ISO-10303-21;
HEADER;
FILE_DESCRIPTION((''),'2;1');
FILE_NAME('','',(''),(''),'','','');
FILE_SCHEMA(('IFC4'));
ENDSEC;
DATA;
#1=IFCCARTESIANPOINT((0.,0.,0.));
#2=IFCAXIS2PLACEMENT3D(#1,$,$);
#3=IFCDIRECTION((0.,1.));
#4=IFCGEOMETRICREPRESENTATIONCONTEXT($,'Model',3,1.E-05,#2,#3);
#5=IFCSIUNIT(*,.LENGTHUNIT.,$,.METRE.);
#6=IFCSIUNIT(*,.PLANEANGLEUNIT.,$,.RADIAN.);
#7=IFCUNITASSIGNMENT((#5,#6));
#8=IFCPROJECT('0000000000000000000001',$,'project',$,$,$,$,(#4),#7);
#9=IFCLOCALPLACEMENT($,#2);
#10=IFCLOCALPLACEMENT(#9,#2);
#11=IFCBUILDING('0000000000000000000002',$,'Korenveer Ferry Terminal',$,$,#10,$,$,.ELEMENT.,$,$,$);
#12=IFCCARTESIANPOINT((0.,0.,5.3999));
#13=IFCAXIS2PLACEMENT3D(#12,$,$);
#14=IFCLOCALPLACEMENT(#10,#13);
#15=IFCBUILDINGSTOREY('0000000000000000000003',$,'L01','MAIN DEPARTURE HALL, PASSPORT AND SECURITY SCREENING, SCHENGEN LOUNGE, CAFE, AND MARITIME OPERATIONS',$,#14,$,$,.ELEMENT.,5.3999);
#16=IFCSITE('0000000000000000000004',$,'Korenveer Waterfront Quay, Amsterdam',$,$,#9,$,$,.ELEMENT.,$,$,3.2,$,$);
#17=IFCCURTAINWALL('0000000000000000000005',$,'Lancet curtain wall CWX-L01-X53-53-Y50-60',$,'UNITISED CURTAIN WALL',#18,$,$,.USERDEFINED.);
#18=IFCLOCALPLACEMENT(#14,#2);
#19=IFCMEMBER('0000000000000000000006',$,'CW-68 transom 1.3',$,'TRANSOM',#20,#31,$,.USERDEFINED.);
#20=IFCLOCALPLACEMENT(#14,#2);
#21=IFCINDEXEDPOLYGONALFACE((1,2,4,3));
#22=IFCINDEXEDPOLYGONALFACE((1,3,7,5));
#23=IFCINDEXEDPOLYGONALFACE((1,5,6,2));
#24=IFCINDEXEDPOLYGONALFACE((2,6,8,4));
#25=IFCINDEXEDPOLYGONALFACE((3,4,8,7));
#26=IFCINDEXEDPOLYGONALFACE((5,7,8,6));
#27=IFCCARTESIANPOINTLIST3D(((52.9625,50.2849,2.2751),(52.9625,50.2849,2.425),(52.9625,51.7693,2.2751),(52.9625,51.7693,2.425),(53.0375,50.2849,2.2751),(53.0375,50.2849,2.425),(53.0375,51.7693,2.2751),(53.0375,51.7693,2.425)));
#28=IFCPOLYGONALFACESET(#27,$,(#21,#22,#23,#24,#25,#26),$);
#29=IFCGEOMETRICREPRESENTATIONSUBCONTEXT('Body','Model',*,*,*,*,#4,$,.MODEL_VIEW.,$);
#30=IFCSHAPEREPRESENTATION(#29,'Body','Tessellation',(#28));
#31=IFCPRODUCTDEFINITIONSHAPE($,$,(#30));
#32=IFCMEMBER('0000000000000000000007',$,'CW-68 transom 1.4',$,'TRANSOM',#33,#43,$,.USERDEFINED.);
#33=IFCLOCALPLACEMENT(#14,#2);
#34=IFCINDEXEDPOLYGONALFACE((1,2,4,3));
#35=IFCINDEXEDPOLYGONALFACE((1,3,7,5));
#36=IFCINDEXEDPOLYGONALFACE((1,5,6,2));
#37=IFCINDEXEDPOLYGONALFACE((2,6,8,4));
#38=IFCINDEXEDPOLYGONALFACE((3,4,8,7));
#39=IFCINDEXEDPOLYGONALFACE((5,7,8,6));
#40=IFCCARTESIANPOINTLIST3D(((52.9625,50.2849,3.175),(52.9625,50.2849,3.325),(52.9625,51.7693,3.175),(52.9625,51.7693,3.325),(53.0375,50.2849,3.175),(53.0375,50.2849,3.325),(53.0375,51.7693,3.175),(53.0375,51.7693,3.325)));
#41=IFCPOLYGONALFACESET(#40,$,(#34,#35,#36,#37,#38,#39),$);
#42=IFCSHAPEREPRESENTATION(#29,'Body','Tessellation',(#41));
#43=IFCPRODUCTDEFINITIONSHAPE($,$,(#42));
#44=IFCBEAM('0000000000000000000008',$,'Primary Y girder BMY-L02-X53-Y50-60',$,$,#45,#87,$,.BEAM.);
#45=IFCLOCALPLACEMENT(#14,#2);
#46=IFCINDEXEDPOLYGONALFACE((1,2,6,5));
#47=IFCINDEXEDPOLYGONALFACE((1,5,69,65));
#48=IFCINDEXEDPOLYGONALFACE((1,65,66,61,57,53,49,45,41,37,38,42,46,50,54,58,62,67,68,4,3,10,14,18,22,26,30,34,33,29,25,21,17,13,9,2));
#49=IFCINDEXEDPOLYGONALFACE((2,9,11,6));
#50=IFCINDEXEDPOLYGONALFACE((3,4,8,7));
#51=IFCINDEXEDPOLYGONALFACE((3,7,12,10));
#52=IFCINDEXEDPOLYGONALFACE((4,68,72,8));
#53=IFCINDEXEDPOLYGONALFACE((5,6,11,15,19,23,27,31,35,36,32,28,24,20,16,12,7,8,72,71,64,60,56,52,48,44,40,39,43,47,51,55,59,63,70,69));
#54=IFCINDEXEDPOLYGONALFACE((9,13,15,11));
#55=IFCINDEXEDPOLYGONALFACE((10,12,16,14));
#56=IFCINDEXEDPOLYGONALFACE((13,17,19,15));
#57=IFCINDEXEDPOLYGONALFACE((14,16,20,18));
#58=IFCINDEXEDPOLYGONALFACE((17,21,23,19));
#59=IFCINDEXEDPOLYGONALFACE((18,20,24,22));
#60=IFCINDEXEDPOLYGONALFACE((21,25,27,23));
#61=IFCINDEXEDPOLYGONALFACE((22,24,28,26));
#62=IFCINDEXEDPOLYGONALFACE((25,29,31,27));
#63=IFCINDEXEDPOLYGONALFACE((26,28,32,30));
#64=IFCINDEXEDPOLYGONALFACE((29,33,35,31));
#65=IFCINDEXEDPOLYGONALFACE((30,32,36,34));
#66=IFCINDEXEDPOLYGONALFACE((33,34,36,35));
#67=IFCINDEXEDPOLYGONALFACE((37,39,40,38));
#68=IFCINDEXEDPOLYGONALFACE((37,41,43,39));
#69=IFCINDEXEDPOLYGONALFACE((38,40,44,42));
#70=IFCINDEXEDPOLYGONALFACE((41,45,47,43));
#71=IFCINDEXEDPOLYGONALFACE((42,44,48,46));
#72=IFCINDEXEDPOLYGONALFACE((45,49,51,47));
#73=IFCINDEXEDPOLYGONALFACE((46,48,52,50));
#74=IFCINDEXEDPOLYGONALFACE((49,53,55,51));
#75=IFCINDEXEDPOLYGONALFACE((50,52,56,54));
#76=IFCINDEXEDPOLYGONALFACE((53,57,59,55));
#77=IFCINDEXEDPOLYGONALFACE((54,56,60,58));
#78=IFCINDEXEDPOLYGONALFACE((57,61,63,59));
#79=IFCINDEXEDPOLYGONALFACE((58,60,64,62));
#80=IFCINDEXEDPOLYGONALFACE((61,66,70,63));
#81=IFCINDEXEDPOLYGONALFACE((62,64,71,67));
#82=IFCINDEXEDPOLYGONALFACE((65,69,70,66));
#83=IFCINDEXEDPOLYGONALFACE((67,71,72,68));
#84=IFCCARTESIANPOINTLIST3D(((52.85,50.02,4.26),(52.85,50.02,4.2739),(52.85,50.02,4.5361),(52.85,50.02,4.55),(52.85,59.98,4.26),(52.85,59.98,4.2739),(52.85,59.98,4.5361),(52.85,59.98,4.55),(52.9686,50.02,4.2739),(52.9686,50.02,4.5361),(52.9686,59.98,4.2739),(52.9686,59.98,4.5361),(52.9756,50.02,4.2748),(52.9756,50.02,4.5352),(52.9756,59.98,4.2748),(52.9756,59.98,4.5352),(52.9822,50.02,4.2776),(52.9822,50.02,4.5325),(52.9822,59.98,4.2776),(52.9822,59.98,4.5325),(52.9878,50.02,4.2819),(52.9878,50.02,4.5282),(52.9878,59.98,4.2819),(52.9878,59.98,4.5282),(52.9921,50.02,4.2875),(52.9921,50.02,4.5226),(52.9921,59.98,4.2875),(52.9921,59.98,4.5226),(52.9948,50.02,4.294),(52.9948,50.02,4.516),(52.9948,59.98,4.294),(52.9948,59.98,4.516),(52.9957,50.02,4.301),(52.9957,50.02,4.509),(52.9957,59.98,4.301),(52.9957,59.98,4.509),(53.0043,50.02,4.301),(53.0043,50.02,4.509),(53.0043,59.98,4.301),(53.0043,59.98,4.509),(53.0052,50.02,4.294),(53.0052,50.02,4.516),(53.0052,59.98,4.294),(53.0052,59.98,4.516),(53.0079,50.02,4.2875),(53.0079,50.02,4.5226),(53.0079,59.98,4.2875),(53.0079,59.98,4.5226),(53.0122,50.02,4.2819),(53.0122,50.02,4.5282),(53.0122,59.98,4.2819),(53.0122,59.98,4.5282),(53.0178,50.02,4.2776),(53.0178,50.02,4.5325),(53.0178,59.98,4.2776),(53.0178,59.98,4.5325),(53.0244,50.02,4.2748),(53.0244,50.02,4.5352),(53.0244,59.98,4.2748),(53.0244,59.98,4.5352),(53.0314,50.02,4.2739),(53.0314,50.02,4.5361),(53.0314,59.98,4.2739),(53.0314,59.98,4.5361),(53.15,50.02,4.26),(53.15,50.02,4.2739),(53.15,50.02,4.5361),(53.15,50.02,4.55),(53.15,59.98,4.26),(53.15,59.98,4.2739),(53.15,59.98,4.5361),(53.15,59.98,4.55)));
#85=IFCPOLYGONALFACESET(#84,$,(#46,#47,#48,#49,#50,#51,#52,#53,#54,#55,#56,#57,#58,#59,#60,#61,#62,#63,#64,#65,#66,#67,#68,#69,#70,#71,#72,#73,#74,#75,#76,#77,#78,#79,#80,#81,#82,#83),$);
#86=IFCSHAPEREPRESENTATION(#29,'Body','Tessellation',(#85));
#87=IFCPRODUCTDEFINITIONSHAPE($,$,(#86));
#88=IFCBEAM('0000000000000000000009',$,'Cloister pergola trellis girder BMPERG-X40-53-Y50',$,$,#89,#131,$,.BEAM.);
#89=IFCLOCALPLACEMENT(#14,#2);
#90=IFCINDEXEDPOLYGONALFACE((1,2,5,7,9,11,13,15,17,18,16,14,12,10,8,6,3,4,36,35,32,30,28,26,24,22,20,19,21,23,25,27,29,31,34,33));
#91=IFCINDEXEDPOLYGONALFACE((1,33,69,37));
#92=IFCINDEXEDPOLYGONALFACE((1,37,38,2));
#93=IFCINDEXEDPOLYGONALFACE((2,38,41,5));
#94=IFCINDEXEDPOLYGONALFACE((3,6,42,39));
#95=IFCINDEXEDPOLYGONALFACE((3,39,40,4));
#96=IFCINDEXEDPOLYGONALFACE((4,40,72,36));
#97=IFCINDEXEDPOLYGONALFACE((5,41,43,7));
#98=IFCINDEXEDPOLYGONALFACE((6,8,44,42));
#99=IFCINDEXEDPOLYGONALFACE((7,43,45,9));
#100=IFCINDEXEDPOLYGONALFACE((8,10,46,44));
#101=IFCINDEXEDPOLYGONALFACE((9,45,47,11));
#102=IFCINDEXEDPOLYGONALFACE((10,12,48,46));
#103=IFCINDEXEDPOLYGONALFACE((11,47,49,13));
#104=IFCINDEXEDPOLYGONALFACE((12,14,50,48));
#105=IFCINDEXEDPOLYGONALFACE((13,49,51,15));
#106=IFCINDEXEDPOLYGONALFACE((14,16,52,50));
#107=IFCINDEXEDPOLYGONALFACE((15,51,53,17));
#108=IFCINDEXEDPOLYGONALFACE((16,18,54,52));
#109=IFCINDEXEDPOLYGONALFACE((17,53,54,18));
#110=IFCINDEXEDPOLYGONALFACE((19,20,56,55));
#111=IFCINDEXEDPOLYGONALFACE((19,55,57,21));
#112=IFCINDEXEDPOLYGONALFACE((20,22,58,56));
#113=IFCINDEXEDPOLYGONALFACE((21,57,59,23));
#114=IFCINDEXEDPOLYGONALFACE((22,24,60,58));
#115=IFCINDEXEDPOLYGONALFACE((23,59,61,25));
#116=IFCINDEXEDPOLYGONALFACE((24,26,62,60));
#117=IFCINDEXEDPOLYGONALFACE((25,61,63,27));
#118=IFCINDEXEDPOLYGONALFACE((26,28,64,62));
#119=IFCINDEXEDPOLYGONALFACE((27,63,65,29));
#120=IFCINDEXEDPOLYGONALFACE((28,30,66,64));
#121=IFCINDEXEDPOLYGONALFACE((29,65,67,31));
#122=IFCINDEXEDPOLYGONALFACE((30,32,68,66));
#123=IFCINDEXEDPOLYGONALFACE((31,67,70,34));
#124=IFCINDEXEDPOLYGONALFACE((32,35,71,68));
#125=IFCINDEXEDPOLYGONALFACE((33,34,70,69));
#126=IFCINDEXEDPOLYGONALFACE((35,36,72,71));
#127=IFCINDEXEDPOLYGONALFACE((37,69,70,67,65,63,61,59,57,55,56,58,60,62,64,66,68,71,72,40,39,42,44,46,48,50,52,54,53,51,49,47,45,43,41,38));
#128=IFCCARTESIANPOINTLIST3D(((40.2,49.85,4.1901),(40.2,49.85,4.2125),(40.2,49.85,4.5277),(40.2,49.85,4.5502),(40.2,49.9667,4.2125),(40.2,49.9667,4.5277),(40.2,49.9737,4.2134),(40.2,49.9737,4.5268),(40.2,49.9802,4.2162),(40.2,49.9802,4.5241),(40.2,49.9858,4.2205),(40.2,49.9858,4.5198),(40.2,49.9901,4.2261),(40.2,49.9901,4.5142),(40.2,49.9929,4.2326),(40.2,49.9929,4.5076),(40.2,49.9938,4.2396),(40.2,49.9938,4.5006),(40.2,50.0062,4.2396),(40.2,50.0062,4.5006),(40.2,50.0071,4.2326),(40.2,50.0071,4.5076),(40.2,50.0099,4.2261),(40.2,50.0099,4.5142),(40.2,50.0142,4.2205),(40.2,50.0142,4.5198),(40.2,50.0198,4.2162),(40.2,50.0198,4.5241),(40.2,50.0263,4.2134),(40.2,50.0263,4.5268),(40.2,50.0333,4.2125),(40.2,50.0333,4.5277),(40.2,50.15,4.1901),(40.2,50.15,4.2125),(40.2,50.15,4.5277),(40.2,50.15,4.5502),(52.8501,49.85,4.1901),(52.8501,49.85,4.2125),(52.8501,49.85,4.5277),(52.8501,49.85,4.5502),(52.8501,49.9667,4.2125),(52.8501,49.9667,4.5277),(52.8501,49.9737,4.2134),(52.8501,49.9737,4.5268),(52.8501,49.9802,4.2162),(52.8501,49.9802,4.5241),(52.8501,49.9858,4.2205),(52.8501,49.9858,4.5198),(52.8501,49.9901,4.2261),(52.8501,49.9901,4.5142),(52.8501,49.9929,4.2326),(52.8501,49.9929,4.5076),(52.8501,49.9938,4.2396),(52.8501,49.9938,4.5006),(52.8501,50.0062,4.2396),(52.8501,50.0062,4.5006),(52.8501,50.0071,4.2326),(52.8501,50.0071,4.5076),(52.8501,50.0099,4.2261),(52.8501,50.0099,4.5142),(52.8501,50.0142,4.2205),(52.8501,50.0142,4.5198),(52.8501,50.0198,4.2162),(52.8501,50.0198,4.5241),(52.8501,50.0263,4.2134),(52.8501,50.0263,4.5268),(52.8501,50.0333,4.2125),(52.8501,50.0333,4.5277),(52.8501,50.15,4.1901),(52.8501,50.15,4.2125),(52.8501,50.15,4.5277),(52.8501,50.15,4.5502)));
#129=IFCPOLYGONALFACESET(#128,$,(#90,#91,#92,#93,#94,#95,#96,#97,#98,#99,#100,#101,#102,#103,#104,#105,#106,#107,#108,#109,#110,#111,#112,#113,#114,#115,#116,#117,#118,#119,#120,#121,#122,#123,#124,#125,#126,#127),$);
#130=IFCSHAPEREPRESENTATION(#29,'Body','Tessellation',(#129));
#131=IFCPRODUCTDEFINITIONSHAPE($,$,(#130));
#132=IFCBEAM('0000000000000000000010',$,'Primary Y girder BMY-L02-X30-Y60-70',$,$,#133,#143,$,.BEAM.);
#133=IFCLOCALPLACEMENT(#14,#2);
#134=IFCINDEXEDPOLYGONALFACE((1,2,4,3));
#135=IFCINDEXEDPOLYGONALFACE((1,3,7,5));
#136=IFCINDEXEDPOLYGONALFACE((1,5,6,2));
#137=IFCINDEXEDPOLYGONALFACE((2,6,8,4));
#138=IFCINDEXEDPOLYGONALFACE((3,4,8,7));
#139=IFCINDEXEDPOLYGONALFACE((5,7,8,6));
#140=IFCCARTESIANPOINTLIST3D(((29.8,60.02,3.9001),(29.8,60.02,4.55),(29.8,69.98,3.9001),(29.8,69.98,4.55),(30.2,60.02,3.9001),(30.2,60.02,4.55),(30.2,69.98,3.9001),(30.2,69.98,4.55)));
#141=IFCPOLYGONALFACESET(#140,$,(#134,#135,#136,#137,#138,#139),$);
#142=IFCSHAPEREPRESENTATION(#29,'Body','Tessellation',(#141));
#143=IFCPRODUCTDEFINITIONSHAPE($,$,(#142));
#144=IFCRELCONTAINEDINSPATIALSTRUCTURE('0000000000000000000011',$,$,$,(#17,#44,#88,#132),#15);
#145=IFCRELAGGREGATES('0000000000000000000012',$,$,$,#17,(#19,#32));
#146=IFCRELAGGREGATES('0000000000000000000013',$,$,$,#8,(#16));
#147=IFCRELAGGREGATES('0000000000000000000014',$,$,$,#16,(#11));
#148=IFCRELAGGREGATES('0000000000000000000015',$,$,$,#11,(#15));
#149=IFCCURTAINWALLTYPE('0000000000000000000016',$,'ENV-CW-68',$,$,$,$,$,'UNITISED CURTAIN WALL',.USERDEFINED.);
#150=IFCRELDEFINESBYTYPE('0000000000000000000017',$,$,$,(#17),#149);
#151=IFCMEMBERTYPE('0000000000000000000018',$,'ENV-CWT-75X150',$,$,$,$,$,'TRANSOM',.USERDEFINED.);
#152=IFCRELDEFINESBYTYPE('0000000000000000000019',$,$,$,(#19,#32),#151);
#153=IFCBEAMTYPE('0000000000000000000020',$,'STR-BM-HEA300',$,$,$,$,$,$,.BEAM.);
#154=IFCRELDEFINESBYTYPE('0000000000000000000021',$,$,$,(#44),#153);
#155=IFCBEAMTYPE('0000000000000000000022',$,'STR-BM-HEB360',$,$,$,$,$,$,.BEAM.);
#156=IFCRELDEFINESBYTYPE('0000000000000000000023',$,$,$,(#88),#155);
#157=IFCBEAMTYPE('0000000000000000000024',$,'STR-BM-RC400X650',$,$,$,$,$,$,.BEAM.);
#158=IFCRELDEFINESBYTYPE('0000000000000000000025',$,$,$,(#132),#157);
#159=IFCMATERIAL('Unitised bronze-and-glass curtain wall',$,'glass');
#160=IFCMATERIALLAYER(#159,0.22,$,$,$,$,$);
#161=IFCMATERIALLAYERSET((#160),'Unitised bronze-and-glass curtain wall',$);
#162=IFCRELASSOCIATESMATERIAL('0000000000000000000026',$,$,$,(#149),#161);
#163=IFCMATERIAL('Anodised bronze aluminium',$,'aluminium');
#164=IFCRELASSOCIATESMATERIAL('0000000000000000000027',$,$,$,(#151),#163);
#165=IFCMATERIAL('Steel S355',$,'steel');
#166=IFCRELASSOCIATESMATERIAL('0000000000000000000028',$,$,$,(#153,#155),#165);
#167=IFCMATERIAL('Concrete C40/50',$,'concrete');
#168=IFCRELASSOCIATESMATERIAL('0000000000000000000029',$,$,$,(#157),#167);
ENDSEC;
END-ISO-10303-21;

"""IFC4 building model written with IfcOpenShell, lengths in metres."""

from ifc_helpers import new_model, si_unit, direction, frame, origin, origin_2d, place, context, subcontext, project, spatial, rectangle, i_section, extrude, material, layer, layer_set, material_profile, profile_set, type_object, element, aggregate, save


model = new_model("IFC4")

# Units and contexts
model_context = context("Model", 3, precision=1e-05, world=origin(), true_north=direction((0.0, 1.0)))
body_context = subcontext(model_context, "Body", "Model", "MODEL_VIEW")
ifc_project = project(units=[si_unit("LENGTHUNIT", "METRE"), si_unit("PLANEANGLEUNIT", "RADIAN")], contexts=[model_context])

# Site, building, storey
site_placement = place(None, origin())
site = spatial("IfcSite", under=ifc_project, at=site_placement, Name="Korenveer Waterfront Quay, Amsterdam", CompositionType="ELEMENT", RefElevation=3.2)
building_placement = place(site_placement, origin())
building = spatial("IfcBuilding", under=site, at=building_placement, Name="Korenveer Ferry Terminal", CompositionType="ELEMENT")
storey_placement = place(building_placement, frame((0.0, 0.0, 5.3999)))
storey = spatial("IfcBuildingStorey", under=building, at=storey_placement, Name="L01", Description="MAIN DEPARTURE HALL, PASSPORT AND SECURITY SCREENING, SCHENGEN LOUNGE, CAFE, AND MARITIME OPERATIONS", CompositionType="ELEMENT", Elevation=5.3999)

# Shared definitions
ifc_material_1 = material(Name="Steel S355", Category="steel")

# Curtain wall
ifc_material_2 = material(Name="Unitised bronze-and-glass curtain wall", Category="glass")
ifc_material_3 = material(Name="Anodised bronze aluminium", Category="aluminium")
ifc_layer_1 = layer(ifc_material_2, 0.22)
ifc_layer_set_1 = layer_set([ifc_layer_1], Name="Unitised bronze-and-glass curtain wall")
curtain_wall_type_1 = type_object("IfcCurtainWallType", Name="ENV-CW-68", ElementType="UNITISED CURTAIN WALL", PredefinedType="USERDEFINED", material=ifc_layer_set_1)
curtain_wall_1_placement = place(storey_placement, frame((53.0, 50.21, 0.0)))
curtain_wall_1 = element("IfcCurtainWall", 1, at=curtain_wall_1_placement, inside=storey, type_object=curtain_wall_type_1, Name="Lancet curtain wall CWX-L01-X53-53-Y50-60", ObjectType="UNITISED CURTAIN WALL", PredefinedType="USERDEFINED")

# Members
ifc_material_profile_1 = material_profile(ifc_material_3, rectangle(XDim=0.075, YDim=0.1499, at=origin_2d()), Name="ALU 75x150")
ifc_profile_set_1 = profile_set([ifc_material_profile_1], Name="Anodised bronze aluminium")
member_type_1 = type_object("IfcMemberType", Name="ENV-CWT-75X150", ElementType="TRANSOM", PredefinedType="USERDEFINED", material=ifc_profile_set_1)
member_1_placement = place(storey_placement, frame((53.0, 50.2849, 2.3501), z_axis=(0.0, 1.0, 0.0), x_axis=(-1.0, 0.0, 0.0)))
member_1 = element("IfcMember", 2, at=member_1_placement, type_object=member_type_1, Name="CW-68 transom 1.3", ObjectType="TRANSOM", PredefinedType="USERDEFINED", context=body_context, shape_type="SweptSolid", body=[
    extrude(rectangle(XDim=0.075, YDim=0.1499, at=origin_2d()), origin(), (0.0, 0.0, 1.0), 1.4844),
])
member_2_placement = place(storey_placement, frame((53.0, 50.2849, 3.25), z_axis=(0.0, 1.0, 0.0), x_axis=(-1.0, 0.0, 0.0)))
member_2 = element("IfcMember", 3, at=member_2_placement, type_object=member_type_1, Name="CW-68 transom 1.4", ObjectType="TRANSOM", PredefinedType="USERDEFINED", context=body_context, shape_type="SweptSolid", body=[
    extrude(rectangle(XDim=0.075, YDim=0.1499, at=origin_2d()), origin(), (0.0, 0.0, 1.0), 1.4844),
])
aggregate(curtain_wall_1, [member_1, member_2])

# Beams
ifc_material_profile_2 = material_profile(ifc_material_1, i_section(OverallWidth=0.3, OverallDepth=0.29, WebThickness=0.0085, FlangeThickness=0.0139, FilletRadius=0.0271, at=origin_2d()), Name="HEA 300")
ifc_profile_set_2 = profile_set([ifc_material_profile_2], Name="Steel S355")
beam_type_1 = type_object("IfcBeamType", Name="STR-BM-HEA300", PredefinedType="BEAM", material=ifc_profile_set_2)
beam_1_placement = place(storey_placement, frame((53.0, 50.02, 4.405), z_axis=(0.0, 1.0, 0.0), x_axis=(-1.0, 0.0, 0.0)))
element("IfcBeam", 4, at=beam_1_placement, inside=storey, type_object=beam_type_1, Name="Primary Y girder BMY-L02-X53-Y50-60", PredefinedType="BEAM", context=body_context, shape_type="SweptSolid", body=[
    extrude(i_section(OverallWidth=0.3, OverallDepth=0.29, WebThickness=0.0085, FlangeThickness=0.0139, FilletRadius=0.0271, at=origin_2d()), origin(), (0.0, 0.0, 1.0), 9.96),
])
ifc_material_profile_3 = material_profile(ifc_material_1, i_section(OverallWidth=0.3, OverallDepth=0.3601, WebThickness=0.0125, FlangeThickness=0.0225, FilletRadius=0.0271, at=origin_2d()), Name="HEB 360")
ifc_profile_set_3 = profile_set([ifc_material_profile_3], Name="Steel S355")
beam_type_2 = type_object("IfcBeamType", Name="STR-BM-HEB360", PredefinedType="BEAM", material=ifc_profile_set_3)
beam_2_placement = place(storey_placement, frame((40.2, 50.0, 4.3701), z_axis=(1.0, 0.0, 0.0), x_axis=(0.0, 1.0, 0.0)))
element("IfcBeam", 5, at=beam_2_placement, inside=storey, type_object=beam_type_2, Name="Cloister pergola trellis girder BMPERG-X40-53-Y50", PredefinedType="BEAM", context=body_context, shape_type="SweptSolid", body=[
    extrude(i_section(OverallWidth=0.3, OverallDepth=0.3601, WebThickness=0.0125, FlangeThickness=0.0225, FilletRadius=0.0271, at=origin_2d()), origin(), (0.0, 0.0, 1.0), 12.6501),
])
ifc_material_4 = material(Name="Concrete C40/50", Category="concrete")
ifc_material_profile_4 = material_profile(ifc_material_4, rectangle(XDim=0.3999, YDim=0.6499, at=origin_2d()), Name="RC 400x650")
ifc_profile_set_4 = profile_set([ifc_material_profile_4], Name="Concrete C40/50")
beam_type_3 = type_object("IfcBeamType", Name="STR-BM-RC400X650", PredefinedType="BEAM", material=ifc_profile_set_4)
beam_3_placement = place(storey_placement, frame((30.0, 60.02, 4.2251), z_axis=(0.0, 1.0, 0.0), x_axis=(-1.0, 0.0, 0.0)))
element("IfcBeam", 6, at=beam_3_placement, inside=storey, type_object=beam_type_3, Name="Primary Y girder BMY-L02-X30-Y60-70", PredefinedType="BEAM", context=body_context, shape_type="SweptSolid", body=[
    extrude(rectangle(XDim=0.3999, YDim=0.6499, at=origin_2d()), origin(), (0.0, 0.0, 1.0), 9.96),
])

save(model, "model.ifc")
